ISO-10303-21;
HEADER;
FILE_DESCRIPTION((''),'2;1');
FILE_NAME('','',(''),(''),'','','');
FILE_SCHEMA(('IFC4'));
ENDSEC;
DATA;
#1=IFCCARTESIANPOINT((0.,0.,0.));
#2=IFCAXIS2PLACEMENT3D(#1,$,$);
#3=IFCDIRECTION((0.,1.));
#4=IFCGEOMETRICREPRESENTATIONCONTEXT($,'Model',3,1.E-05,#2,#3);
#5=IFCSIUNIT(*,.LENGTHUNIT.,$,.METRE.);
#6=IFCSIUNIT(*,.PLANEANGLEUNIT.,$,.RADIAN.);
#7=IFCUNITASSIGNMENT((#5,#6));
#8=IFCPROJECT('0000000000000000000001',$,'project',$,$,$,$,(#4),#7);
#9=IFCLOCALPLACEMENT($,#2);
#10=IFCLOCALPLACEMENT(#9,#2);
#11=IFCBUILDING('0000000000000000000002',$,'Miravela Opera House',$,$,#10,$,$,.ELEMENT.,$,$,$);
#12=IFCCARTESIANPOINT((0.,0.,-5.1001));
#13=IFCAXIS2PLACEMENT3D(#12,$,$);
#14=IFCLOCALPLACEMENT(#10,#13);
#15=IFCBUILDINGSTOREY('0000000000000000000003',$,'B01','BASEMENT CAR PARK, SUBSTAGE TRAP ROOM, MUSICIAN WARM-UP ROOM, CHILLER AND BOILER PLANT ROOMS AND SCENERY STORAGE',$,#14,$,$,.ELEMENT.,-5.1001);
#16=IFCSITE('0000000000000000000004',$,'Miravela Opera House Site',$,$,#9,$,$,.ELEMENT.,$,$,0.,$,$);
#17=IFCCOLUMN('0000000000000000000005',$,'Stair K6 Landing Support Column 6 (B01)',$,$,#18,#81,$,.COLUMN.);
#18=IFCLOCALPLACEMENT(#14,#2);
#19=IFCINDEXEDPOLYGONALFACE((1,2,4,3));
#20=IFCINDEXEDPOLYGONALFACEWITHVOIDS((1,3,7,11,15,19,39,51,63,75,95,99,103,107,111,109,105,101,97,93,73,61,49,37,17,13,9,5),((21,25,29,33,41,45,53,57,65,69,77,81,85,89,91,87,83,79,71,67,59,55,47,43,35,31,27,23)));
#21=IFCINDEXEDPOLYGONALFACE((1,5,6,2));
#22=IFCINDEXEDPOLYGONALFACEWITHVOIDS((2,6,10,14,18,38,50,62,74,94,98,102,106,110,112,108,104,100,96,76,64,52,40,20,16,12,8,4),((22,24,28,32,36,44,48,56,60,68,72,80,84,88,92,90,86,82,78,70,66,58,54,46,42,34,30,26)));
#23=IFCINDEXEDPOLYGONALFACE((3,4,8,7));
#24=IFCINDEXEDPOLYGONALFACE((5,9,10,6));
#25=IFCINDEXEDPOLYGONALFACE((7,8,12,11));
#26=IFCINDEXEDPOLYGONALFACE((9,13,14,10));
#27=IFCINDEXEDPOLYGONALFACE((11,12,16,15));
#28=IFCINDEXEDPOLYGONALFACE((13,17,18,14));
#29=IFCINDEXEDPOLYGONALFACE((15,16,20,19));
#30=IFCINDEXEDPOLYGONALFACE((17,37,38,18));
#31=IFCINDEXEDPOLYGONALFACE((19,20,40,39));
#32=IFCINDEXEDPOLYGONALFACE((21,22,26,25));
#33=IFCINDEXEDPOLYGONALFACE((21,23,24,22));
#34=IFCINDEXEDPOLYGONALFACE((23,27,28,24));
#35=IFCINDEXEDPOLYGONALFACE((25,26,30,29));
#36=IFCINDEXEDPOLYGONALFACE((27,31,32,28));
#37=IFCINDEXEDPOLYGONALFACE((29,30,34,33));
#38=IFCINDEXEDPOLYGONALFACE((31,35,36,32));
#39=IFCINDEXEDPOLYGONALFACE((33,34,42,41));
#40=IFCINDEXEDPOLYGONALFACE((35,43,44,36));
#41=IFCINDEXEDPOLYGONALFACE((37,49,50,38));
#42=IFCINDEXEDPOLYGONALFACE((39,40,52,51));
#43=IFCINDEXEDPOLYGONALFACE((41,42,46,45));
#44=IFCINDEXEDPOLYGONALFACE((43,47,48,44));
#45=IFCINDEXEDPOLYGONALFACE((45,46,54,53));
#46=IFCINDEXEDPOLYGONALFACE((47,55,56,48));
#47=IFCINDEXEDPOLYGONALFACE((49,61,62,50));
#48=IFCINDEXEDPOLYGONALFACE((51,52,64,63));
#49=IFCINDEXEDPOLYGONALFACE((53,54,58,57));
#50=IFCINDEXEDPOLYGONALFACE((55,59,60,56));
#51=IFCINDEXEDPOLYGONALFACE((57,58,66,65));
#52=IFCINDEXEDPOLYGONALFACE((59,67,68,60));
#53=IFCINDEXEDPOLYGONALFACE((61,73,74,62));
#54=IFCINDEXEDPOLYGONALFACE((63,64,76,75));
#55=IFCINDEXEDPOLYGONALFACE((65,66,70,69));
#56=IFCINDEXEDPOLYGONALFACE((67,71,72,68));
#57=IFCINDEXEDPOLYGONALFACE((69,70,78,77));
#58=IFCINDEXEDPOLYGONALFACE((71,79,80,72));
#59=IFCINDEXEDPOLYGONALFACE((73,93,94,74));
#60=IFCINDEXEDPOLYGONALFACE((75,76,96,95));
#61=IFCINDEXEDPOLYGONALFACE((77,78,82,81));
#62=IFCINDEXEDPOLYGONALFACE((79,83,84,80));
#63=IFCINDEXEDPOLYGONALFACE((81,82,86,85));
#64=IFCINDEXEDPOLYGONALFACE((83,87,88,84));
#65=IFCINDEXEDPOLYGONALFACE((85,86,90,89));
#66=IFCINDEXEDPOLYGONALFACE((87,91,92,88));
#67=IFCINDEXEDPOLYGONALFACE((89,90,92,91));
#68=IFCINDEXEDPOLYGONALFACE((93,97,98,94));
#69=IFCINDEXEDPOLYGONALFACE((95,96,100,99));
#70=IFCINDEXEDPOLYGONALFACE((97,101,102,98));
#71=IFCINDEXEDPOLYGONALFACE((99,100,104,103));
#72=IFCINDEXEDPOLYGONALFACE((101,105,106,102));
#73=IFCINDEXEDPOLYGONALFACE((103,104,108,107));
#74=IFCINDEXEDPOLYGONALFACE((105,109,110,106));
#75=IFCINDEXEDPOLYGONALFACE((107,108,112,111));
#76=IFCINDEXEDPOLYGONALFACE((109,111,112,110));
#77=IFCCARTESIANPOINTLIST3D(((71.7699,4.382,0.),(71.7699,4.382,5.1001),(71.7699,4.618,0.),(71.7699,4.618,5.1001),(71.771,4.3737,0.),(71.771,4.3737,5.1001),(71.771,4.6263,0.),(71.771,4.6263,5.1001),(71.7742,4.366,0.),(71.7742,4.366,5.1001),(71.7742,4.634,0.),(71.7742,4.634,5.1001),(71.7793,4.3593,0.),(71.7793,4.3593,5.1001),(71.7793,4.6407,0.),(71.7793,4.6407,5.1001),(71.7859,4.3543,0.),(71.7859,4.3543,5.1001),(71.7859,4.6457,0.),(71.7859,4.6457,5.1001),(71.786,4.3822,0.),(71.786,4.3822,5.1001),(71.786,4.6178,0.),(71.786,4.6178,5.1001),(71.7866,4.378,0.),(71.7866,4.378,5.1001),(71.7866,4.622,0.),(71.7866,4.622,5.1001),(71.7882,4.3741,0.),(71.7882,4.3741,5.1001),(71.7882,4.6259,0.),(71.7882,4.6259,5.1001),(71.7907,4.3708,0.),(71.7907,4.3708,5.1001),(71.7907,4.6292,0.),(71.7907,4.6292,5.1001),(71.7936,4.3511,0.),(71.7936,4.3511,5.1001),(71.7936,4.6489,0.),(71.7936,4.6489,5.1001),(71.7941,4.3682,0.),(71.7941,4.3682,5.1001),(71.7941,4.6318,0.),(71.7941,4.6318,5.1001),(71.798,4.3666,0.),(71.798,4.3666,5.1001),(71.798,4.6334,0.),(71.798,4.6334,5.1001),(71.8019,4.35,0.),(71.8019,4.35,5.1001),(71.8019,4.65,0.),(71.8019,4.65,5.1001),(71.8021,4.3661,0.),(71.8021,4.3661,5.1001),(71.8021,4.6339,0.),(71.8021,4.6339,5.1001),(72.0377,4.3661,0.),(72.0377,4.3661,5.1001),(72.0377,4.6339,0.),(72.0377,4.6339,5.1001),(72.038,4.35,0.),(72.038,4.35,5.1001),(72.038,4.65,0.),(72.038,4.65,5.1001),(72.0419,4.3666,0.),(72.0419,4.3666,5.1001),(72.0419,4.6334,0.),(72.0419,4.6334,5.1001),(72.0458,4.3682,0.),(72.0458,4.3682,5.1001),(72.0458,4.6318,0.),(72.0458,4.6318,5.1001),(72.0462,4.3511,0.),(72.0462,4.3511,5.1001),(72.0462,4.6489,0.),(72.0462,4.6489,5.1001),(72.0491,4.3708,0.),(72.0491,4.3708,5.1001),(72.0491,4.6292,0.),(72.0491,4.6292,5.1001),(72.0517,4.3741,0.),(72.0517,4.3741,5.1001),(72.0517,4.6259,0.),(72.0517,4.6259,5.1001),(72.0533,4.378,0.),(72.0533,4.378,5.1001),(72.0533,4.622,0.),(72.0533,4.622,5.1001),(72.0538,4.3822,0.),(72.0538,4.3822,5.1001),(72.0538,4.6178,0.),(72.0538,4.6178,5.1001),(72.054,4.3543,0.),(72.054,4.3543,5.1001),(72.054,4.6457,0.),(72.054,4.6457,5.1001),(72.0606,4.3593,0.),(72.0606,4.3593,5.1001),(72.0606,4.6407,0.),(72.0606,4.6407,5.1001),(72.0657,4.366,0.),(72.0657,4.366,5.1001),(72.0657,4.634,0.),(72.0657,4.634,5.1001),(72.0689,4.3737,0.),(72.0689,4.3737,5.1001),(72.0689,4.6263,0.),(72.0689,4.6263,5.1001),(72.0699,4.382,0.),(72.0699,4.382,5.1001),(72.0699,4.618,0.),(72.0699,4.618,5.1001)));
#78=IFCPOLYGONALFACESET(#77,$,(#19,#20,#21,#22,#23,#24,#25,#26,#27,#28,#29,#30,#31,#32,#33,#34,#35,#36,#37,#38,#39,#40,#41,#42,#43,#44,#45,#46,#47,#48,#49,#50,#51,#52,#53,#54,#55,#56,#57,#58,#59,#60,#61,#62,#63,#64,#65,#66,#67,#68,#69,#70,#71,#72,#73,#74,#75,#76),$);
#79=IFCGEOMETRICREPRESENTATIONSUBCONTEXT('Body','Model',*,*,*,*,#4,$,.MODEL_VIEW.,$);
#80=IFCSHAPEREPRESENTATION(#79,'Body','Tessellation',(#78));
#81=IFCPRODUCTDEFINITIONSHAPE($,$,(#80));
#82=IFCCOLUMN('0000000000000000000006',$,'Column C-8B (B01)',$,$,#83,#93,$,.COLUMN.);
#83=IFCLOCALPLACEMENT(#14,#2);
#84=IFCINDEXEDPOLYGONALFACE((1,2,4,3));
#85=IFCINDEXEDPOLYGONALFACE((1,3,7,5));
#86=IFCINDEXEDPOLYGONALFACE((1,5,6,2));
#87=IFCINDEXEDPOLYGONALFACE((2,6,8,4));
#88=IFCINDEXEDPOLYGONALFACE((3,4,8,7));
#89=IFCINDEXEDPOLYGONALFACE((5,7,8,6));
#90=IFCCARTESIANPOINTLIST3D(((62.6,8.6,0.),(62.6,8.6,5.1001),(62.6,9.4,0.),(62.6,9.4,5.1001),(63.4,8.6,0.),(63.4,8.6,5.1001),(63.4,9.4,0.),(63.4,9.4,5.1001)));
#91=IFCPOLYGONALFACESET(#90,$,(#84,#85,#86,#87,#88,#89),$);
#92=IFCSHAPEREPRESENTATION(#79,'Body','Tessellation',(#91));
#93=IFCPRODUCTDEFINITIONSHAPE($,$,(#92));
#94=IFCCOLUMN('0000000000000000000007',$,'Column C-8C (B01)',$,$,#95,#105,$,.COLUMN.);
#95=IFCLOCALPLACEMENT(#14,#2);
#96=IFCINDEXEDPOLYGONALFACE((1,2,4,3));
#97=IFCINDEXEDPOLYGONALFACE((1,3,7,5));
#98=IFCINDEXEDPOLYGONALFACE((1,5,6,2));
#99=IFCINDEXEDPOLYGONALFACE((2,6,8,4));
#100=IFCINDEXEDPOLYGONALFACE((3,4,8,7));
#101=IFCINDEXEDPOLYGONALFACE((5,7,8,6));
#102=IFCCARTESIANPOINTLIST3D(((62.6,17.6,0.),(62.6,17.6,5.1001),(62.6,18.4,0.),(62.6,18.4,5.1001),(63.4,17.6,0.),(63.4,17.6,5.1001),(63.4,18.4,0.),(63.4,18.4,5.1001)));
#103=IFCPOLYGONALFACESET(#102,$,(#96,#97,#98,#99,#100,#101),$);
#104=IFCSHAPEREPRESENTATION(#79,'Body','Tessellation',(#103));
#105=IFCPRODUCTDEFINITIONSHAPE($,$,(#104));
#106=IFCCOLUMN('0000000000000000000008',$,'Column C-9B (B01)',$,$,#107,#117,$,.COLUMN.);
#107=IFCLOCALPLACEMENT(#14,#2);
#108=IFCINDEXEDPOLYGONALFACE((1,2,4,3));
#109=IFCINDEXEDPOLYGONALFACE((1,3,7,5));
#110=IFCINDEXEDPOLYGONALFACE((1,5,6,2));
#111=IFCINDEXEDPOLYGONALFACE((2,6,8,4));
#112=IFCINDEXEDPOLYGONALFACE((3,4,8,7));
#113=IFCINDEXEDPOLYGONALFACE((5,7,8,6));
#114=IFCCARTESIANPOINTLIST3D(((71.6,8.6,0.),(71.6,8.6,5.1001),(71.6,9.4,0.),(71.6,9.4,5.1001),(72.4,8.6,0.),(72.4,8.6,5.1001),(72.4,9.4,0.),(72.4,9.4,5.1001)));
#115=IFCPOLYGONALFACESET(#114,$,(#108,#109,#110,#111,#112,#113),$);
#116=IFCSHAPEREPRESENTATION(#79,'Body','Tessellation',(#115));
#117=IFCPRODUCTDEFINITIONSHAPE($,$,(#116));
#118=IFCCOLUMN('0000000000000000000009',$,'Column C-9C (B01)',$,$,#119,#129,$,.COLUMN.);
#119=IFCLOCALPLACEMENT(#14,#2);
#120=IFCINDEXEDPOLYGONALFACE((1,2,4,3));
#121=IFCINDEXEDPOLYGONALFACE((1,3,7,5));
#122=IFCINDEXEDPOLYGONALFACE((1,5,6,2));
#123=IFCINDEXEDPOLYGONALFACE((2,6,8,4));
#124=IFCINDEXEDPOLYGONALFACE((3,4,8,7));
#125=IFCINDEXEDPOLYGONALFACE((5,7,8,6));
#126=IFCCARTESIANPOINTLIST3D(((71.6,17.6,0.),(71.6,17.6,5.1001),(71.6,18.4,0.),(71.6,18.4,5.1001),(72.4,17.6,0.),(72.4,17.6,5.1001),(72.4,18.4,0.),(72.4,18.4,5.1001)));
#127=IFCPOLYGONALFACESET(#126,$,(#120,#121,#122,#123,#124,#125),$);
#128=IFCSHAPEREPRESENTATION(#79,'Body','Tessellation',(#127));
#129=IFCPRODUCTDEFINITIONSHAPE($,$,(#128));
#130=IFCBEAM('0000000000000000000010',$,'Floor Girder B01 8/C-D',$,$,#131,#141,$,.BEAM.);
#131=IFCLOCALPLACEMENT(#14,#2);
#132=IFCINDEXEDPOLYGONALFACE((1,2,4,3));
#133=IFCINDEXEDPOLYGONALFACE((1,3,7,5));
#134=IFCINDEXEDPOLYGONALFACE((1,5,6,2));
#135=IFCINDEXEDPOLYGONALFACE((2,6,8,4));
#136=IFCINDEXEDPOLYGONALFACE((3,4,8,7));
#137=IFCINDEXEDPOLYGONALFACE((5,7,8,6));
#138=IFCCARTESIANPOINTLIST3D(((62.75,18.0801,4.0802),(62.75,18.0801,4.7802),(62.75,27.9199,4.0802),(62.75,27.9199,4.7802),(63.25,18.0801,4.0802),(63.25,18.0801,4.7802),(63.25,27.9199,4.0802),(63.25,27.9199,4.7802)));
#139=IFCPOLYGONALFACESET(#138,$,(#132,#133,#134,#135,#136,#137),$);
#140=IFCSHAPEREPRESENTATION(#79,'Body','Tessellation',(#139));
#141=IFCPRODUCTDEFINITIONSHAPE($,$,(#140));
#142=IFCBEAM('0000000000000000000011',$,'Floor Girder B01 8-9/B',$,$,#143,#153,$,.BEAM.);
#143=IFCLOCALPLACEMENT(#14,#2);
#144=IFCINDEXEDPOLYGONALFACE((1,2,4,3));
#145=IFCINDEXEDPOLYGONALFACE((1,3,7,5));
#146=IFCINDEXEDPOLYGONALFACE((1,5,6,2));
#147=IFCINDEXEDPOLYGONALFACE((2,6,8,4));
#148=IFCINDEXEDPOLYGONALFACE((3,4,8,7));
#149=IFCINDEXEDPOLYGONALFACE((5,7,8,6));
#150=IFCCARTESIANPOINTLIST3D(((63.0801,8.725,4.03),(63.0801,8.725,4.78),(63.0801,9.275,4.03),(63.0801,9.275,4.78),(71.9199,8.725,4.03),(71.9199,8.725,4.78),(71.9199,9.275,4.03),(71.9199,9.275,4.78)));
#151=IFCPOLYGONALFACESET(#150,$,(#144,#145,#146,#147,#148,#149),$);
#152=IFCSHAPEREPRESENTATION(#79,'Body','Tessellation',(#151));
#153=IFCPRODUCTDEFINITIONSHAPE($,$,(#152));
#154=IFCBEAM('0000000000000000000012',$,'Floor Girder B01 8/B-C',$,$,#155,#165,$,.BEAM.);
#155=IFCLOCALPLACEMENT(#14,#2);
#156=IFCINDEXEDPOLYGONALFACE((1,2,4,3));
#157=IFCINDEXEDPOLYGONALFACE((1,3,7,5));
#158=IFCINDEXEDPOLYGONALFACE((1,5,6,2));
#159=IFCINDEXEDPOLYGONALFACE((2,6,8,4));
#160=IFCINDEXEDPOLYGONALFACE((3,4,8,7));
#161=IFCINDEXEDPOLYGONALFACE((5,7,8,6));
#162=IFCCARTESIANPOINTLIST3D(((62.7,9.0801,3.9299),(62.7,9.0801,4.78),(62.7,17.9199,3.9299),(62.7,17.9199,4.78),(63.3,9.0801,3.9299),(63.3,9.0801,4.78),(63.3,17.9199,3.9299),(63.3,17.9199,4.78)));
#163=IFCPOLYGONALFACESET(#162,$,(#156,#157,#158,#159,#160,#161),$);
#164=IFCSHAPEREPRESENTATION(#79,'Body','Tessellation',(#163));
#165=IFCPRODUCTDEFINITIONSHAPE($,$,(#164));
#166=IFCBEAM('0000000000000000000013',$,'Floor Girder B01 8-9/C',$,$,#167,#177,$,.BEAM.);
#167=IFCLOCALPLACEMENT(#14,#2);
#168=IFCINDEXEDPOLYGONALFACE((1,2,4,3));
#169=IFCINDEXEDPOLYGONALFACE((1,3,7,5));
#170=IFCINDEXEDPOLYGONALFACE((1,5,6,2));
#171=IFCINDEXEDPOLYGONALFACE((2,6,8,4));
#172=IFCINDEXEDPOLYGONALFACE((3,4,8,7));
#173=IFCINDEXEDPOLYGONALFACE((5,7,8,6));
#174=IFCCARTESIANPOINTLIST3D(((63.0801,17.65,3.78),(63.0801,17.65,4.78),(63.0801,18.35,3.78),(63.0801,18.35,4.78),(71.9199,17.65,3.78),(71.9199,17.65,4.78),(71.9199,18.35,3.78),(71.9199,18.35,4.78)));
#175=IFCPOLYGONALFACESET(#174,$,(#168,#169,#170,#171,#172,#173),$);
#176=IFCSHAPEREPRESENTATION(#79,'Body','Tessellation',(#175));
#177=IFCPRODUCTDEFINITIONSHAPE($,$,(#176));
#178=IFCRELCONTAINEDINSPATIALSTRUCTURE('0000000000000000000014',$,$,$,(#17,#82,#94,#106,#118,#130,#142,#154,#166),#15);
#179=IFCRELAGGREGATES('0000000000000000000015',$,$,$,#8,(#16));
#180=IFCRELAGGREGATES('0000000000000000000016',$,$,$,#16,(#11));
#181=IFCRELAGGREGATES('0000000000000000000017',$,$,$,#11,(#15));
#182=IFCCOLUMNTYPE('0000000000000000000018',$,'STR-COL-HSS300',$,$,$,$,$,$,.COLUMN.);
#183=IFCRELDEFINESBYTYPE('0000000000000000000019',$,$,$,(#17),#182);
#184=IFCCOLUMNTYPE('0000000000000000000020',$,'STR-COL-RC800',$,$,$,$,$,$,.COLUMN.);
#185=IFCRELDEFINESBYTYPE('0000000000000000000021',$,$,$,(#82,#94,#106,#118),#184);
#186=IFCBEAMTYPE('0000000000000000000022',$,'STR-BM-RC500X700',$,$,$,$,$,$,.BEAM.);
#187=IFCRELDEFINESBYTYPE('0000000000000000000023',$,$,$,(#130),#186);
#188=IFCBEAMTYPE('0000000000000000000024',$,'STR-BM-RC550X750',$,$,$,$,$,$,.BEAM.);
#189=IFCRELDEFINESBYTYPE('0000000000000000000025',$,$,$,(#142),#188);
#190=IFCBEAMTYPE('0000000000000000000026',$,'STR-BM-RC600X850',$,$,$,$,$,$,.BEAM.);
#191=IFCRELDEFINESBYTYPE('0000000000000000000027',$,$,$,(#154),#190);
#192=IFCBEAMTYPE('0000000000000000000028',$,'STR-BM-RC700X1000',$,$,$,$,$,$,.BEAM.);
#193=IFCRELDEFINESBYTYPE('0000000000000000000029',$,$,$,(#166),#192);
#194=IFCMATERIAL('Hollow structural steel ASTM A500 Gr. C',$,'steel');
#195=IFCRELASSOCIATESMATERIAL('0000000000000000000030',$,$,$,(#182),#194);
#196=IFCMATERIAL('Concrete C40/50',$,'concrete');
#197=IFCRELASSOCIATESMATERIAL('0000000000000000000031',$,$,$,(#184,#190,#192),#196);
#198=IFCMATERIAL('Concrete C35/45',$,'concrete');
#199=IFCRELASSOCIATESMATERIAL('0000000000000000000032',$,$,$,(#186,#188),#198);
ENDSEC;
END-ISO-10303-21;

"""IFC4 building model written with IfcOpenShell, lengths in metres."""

from ifc_helpers import new_model, si_unit, direction, frame, origin, origin_2d, place, context, subcontext, project, spatial, rectangle, hollow_rectangle, extrude, material, material_profile, profile_set, type_object, element, save


model = new_model("IFC4")

# Units and contexts
model_context = context("Model", 3, precision=1e-05, world=origin(), true_north=direction((0.0, 1.0)))
body_context = subcontext(model_context, "Body", "Model", "MODEL_VIEW")
ifc_project = project(units=[si_unit("LENGTHUNIT", "METRE"), si_unit("PLANEANGLEUNIT", "RADIAN")], contexts=[model_context])

# Site, building, storey
site_placement = place(None, origin())
site = spatial("IfcSite", under=ifc_project, at=site_placement, Name="Miravela Opera House Site", CompositionType="ELEMENT", RefElevation=0.0)
building_placement = place(site_placement, origin())
building = spatial("IfcBuilding", under=site, at=building_placement, Name="Miravela Opera House", CompositionType="ELEMENT")
storey_placement = place(building_placement, frame((0.0, 0.0, -5.1001)))
storey = spatial("IfcBuildingStorey", under=building, at=storey_placement, Name="B01", Description="BASEMENT CAR PARK, SUBSTAGE TRAP ROOM, MUSICIAN WARM-UP ROOM, CHILLER AND BOILER PLANT ROOMS AND SCENERY STORAGE", CompositionType="ELEMENT", Elevation=-5.1001)

# Shared definitions
ifc_material_1 = material(Name="Concrete C35/45", Category="concrete")

# Columns
ifc_material_2 = material(Name="Hollow structural steel ASTM A500 Gr. C", Category="steel")
ifc_material_profile_1 = material_profile(ifc_material_2, hollow_rectangle(XDim=0.3, YDim=0.3, WallThickness=0.0161, InnerFilletRadius=0.0161, OuterFilletRadius=0.032, at=origin_2d()), Name="HSS300X300X16")
ifc_profile_set_1 = profile_set([ifc_material_profile_1])
column_type_1 = type_object("IfcColumnType", Name="STR-COL-HSS300", PredefinedType="COLUMN", material=ifc_profile_set_1)
for number, where, z_axis, x_axis, name in (
    (1, (71.9199, 4.5, 0.0), (0.0, 0.0, 1.0), (1.0, 0.0, 0.0), "Stair K6 Landing Support Column 6 (B01)"),
):
    element("IfcColumn", number, at=place(storey_placement, frame(where, z_axis=z_axis, x_axis=x_axis)), inside=storey, type_object=column_type_1, Name=name, PredefinedType="COLUMN", context=body_context, shape_type="SweptSolid", body=[
        extrude(hollow_rectangle(XDim=0.3, YDim=0.3, WallThickness=0.0161, InnerFilletRadius=0.0161, OuterFilletRadius=0.032, at=origin_2d()), origin(), (0.0, 0.0, 1.0), 5.1001),
    ])
ifc_material_3 = material(Name="Concrete C40/50", Category="concrete")
ifc_material_profile_2 = material_profile(ifc_material_3, rectangle(XDim=0.8, YDim=0.8, at=origin_2d()), Name="RC-COL-800X800")
ifc_profile_set_2 = profile_set([ifc_material_profile_2])
column_type_2 = type_object("IfcColumnType", Name="STR-COL-RC800", PredefinedType="COLUMN", material=ifc_profile_set_2)
for number, where, z_axis, x_axis, name in (
    (2, (63.0, 9.0, 0.0), (0.0, 0.0, 1.0), (1.0, 0.0, 0.0), "Column C-8B (B01)"),
    (3, (63.0, 18.0, 0.0), (0.0, 0.0, 1.0), (1.0, 0.0, 0.0), "Column C-8C (B01)"),
    (4, (72.0, 9.0, 0.0), (0.0, 0.0, 1.0), (1.0, 0.0, 0.0), "Column C-9B (B01)"),
    (5, (72.0, 18.0, 0.0), (0.0, 0.0, 1.0), (1.0, 0.0, 0.0), "Column C-9C (B01)"),
):
    element("IfcColumn", number, at=place(storey_placement, frame(where, z_axis=z_axis, x_axis=x_axis)), inside=storey, type_object=column_type_2, Name=name, PredefinedType="COLUMN", context=body_context, shape_type="SweptSolid", body=[
        extrude(rectangle(XDim=0.8, YDim=0.8, at=origin_2d()), origin(), (0.0, 0.0, 1.0), 5.1001),
    ])

# Beams
ifc_material_profile_3 = material_profile(ifc_material_1, rectangle(XDim=0.5, YDim=0.7, at=origin_2d()), Name="RC-BM-500X700")
ifc_profile_set_3 = profile_set([ifc_material_profile_3])
beam_type_1 = type_object("IfcBeamType", Name="STR-BM-RC500X700", PredefinedType="BEAM", material=ifc_profile_set_3)
beam_1_placement = place(storey_placement, frame((63.0, 18.0801, 4.4302), z_axis=(0.0, 1.0, 0.0), x_axis=(-1.0, 0.0, 0.0)))
element("IfcBeam", 6, at=beam_1_placement, inside=storey, type_object=beam_type_1, Name="Floor Girder B01 8/C-D", PredefinedType="BEAM", context=body_context, shape_type="SweptSolid", body=[
    extrude(rectangle(XDim=0.5, YDim=0.7, at=origin_2d()), origin(), (0.0, 0.0, 1.0), 9.8398),
])
ifc_material_profile_4 = material_profile(ifc_material_1, rectangle(XDim=0.55, YDim=0.75, at=origin_2d()), Name="RC-BM-550X750")
ifc_profile_set_4 = profile_set([ifc_material_profile_4])
beam_type_2 = type_object("IfcBeamType", Name="STR-BM-RC550X750", PredefinedType="BEAM", material=ifc_profile_set_4)
beam_2_placement = place(storey_placement, frame((63.0801, 9.0, 4.405), z_axis=(1.0, 0.0, 0.0), x_axis=(0.0, 1.0, 0.0)))
element("IfcBeam", 7, at=beam_2_placement, inside=storey, type_object=beam_type_2, Name="Floor Girder B01 8-9/B", PredefinedType="BEAM", context=body_context, shape_type="SweptSolid", body=[
    extrude(rectangle(XDim=0.55, YDim=0.75, at=origin_2d()), origin(), (0.0, 0.0, 1.0), 8.8398),
])
ifc_material_profile_5 = material_profile(ifc_material_3, rectangle(XDim=0.6001, YDim=0.8501, at=origin_2d()), Name="RC-BM-600X850")
ifc_profile_set_5 = profile_set([ifc_material_profile_5])
beam_type_3 = type_object("IfcBeamType", Name="STR-BM-RC600X850", PredefinedType="BEAM", material=ifc_profile_set_5)
beam_3_placement = place(storey_placement, frame((63.0, 9.0801, 4.355), z_axis=(0.0, 1.0, 0.0), x_axis=(-1.0, 0.0, 0.0)))
element("IfcBeam", 8, at=beam_3_placement, inside=storey, type_object=beam_type_3, Name="Floor Girder B01 8/B-C", PredefinedType="BEAM", context=body_context, shape_type="SweptSolid", body=[
    extrude(rectangle(XDim=0.6001, YDim=0.8501, at=origin_2d()), origin(), (0.0, 0.0, 1.0), 8.8398),
])
ifc_material_profile_6 = material_profile(ifc_material_3, rectangle(XDim=0.7, YDim=1.0, at=origin_2d()), Name="RC-BM-700X1000")
ifc_profile_set_6 = profile_set([ifc_material_profile_6])
beam_type_4 = type_object("IfcBeamType", Name="STR-BM-RC700X1000", PredefinedType="BEAM", material=ifc_profile_set_6)
beam_4_placement = place(storey_placement, frame((63.0801, 18.0, 4.28), z_axis=(1.0, 0.0, 0.0), x_axis=(0.0, 1.0, 0.0)))
element("IfcBeam", 9, at=beam_4_placement, inside=storey, type_object=beam_type_4, Name="Floor Girder B01 8-9/C", PredefinedType="BEAM", context=body_context, shape_type="SweptSolid", body=[
    extrude(rectangle(XDim=0.7, YDim=1.0, at=origin_2d()), origin(), (0.0, 0.0, 1.0), 8.8398),
])

save(model, "model.ifc")
